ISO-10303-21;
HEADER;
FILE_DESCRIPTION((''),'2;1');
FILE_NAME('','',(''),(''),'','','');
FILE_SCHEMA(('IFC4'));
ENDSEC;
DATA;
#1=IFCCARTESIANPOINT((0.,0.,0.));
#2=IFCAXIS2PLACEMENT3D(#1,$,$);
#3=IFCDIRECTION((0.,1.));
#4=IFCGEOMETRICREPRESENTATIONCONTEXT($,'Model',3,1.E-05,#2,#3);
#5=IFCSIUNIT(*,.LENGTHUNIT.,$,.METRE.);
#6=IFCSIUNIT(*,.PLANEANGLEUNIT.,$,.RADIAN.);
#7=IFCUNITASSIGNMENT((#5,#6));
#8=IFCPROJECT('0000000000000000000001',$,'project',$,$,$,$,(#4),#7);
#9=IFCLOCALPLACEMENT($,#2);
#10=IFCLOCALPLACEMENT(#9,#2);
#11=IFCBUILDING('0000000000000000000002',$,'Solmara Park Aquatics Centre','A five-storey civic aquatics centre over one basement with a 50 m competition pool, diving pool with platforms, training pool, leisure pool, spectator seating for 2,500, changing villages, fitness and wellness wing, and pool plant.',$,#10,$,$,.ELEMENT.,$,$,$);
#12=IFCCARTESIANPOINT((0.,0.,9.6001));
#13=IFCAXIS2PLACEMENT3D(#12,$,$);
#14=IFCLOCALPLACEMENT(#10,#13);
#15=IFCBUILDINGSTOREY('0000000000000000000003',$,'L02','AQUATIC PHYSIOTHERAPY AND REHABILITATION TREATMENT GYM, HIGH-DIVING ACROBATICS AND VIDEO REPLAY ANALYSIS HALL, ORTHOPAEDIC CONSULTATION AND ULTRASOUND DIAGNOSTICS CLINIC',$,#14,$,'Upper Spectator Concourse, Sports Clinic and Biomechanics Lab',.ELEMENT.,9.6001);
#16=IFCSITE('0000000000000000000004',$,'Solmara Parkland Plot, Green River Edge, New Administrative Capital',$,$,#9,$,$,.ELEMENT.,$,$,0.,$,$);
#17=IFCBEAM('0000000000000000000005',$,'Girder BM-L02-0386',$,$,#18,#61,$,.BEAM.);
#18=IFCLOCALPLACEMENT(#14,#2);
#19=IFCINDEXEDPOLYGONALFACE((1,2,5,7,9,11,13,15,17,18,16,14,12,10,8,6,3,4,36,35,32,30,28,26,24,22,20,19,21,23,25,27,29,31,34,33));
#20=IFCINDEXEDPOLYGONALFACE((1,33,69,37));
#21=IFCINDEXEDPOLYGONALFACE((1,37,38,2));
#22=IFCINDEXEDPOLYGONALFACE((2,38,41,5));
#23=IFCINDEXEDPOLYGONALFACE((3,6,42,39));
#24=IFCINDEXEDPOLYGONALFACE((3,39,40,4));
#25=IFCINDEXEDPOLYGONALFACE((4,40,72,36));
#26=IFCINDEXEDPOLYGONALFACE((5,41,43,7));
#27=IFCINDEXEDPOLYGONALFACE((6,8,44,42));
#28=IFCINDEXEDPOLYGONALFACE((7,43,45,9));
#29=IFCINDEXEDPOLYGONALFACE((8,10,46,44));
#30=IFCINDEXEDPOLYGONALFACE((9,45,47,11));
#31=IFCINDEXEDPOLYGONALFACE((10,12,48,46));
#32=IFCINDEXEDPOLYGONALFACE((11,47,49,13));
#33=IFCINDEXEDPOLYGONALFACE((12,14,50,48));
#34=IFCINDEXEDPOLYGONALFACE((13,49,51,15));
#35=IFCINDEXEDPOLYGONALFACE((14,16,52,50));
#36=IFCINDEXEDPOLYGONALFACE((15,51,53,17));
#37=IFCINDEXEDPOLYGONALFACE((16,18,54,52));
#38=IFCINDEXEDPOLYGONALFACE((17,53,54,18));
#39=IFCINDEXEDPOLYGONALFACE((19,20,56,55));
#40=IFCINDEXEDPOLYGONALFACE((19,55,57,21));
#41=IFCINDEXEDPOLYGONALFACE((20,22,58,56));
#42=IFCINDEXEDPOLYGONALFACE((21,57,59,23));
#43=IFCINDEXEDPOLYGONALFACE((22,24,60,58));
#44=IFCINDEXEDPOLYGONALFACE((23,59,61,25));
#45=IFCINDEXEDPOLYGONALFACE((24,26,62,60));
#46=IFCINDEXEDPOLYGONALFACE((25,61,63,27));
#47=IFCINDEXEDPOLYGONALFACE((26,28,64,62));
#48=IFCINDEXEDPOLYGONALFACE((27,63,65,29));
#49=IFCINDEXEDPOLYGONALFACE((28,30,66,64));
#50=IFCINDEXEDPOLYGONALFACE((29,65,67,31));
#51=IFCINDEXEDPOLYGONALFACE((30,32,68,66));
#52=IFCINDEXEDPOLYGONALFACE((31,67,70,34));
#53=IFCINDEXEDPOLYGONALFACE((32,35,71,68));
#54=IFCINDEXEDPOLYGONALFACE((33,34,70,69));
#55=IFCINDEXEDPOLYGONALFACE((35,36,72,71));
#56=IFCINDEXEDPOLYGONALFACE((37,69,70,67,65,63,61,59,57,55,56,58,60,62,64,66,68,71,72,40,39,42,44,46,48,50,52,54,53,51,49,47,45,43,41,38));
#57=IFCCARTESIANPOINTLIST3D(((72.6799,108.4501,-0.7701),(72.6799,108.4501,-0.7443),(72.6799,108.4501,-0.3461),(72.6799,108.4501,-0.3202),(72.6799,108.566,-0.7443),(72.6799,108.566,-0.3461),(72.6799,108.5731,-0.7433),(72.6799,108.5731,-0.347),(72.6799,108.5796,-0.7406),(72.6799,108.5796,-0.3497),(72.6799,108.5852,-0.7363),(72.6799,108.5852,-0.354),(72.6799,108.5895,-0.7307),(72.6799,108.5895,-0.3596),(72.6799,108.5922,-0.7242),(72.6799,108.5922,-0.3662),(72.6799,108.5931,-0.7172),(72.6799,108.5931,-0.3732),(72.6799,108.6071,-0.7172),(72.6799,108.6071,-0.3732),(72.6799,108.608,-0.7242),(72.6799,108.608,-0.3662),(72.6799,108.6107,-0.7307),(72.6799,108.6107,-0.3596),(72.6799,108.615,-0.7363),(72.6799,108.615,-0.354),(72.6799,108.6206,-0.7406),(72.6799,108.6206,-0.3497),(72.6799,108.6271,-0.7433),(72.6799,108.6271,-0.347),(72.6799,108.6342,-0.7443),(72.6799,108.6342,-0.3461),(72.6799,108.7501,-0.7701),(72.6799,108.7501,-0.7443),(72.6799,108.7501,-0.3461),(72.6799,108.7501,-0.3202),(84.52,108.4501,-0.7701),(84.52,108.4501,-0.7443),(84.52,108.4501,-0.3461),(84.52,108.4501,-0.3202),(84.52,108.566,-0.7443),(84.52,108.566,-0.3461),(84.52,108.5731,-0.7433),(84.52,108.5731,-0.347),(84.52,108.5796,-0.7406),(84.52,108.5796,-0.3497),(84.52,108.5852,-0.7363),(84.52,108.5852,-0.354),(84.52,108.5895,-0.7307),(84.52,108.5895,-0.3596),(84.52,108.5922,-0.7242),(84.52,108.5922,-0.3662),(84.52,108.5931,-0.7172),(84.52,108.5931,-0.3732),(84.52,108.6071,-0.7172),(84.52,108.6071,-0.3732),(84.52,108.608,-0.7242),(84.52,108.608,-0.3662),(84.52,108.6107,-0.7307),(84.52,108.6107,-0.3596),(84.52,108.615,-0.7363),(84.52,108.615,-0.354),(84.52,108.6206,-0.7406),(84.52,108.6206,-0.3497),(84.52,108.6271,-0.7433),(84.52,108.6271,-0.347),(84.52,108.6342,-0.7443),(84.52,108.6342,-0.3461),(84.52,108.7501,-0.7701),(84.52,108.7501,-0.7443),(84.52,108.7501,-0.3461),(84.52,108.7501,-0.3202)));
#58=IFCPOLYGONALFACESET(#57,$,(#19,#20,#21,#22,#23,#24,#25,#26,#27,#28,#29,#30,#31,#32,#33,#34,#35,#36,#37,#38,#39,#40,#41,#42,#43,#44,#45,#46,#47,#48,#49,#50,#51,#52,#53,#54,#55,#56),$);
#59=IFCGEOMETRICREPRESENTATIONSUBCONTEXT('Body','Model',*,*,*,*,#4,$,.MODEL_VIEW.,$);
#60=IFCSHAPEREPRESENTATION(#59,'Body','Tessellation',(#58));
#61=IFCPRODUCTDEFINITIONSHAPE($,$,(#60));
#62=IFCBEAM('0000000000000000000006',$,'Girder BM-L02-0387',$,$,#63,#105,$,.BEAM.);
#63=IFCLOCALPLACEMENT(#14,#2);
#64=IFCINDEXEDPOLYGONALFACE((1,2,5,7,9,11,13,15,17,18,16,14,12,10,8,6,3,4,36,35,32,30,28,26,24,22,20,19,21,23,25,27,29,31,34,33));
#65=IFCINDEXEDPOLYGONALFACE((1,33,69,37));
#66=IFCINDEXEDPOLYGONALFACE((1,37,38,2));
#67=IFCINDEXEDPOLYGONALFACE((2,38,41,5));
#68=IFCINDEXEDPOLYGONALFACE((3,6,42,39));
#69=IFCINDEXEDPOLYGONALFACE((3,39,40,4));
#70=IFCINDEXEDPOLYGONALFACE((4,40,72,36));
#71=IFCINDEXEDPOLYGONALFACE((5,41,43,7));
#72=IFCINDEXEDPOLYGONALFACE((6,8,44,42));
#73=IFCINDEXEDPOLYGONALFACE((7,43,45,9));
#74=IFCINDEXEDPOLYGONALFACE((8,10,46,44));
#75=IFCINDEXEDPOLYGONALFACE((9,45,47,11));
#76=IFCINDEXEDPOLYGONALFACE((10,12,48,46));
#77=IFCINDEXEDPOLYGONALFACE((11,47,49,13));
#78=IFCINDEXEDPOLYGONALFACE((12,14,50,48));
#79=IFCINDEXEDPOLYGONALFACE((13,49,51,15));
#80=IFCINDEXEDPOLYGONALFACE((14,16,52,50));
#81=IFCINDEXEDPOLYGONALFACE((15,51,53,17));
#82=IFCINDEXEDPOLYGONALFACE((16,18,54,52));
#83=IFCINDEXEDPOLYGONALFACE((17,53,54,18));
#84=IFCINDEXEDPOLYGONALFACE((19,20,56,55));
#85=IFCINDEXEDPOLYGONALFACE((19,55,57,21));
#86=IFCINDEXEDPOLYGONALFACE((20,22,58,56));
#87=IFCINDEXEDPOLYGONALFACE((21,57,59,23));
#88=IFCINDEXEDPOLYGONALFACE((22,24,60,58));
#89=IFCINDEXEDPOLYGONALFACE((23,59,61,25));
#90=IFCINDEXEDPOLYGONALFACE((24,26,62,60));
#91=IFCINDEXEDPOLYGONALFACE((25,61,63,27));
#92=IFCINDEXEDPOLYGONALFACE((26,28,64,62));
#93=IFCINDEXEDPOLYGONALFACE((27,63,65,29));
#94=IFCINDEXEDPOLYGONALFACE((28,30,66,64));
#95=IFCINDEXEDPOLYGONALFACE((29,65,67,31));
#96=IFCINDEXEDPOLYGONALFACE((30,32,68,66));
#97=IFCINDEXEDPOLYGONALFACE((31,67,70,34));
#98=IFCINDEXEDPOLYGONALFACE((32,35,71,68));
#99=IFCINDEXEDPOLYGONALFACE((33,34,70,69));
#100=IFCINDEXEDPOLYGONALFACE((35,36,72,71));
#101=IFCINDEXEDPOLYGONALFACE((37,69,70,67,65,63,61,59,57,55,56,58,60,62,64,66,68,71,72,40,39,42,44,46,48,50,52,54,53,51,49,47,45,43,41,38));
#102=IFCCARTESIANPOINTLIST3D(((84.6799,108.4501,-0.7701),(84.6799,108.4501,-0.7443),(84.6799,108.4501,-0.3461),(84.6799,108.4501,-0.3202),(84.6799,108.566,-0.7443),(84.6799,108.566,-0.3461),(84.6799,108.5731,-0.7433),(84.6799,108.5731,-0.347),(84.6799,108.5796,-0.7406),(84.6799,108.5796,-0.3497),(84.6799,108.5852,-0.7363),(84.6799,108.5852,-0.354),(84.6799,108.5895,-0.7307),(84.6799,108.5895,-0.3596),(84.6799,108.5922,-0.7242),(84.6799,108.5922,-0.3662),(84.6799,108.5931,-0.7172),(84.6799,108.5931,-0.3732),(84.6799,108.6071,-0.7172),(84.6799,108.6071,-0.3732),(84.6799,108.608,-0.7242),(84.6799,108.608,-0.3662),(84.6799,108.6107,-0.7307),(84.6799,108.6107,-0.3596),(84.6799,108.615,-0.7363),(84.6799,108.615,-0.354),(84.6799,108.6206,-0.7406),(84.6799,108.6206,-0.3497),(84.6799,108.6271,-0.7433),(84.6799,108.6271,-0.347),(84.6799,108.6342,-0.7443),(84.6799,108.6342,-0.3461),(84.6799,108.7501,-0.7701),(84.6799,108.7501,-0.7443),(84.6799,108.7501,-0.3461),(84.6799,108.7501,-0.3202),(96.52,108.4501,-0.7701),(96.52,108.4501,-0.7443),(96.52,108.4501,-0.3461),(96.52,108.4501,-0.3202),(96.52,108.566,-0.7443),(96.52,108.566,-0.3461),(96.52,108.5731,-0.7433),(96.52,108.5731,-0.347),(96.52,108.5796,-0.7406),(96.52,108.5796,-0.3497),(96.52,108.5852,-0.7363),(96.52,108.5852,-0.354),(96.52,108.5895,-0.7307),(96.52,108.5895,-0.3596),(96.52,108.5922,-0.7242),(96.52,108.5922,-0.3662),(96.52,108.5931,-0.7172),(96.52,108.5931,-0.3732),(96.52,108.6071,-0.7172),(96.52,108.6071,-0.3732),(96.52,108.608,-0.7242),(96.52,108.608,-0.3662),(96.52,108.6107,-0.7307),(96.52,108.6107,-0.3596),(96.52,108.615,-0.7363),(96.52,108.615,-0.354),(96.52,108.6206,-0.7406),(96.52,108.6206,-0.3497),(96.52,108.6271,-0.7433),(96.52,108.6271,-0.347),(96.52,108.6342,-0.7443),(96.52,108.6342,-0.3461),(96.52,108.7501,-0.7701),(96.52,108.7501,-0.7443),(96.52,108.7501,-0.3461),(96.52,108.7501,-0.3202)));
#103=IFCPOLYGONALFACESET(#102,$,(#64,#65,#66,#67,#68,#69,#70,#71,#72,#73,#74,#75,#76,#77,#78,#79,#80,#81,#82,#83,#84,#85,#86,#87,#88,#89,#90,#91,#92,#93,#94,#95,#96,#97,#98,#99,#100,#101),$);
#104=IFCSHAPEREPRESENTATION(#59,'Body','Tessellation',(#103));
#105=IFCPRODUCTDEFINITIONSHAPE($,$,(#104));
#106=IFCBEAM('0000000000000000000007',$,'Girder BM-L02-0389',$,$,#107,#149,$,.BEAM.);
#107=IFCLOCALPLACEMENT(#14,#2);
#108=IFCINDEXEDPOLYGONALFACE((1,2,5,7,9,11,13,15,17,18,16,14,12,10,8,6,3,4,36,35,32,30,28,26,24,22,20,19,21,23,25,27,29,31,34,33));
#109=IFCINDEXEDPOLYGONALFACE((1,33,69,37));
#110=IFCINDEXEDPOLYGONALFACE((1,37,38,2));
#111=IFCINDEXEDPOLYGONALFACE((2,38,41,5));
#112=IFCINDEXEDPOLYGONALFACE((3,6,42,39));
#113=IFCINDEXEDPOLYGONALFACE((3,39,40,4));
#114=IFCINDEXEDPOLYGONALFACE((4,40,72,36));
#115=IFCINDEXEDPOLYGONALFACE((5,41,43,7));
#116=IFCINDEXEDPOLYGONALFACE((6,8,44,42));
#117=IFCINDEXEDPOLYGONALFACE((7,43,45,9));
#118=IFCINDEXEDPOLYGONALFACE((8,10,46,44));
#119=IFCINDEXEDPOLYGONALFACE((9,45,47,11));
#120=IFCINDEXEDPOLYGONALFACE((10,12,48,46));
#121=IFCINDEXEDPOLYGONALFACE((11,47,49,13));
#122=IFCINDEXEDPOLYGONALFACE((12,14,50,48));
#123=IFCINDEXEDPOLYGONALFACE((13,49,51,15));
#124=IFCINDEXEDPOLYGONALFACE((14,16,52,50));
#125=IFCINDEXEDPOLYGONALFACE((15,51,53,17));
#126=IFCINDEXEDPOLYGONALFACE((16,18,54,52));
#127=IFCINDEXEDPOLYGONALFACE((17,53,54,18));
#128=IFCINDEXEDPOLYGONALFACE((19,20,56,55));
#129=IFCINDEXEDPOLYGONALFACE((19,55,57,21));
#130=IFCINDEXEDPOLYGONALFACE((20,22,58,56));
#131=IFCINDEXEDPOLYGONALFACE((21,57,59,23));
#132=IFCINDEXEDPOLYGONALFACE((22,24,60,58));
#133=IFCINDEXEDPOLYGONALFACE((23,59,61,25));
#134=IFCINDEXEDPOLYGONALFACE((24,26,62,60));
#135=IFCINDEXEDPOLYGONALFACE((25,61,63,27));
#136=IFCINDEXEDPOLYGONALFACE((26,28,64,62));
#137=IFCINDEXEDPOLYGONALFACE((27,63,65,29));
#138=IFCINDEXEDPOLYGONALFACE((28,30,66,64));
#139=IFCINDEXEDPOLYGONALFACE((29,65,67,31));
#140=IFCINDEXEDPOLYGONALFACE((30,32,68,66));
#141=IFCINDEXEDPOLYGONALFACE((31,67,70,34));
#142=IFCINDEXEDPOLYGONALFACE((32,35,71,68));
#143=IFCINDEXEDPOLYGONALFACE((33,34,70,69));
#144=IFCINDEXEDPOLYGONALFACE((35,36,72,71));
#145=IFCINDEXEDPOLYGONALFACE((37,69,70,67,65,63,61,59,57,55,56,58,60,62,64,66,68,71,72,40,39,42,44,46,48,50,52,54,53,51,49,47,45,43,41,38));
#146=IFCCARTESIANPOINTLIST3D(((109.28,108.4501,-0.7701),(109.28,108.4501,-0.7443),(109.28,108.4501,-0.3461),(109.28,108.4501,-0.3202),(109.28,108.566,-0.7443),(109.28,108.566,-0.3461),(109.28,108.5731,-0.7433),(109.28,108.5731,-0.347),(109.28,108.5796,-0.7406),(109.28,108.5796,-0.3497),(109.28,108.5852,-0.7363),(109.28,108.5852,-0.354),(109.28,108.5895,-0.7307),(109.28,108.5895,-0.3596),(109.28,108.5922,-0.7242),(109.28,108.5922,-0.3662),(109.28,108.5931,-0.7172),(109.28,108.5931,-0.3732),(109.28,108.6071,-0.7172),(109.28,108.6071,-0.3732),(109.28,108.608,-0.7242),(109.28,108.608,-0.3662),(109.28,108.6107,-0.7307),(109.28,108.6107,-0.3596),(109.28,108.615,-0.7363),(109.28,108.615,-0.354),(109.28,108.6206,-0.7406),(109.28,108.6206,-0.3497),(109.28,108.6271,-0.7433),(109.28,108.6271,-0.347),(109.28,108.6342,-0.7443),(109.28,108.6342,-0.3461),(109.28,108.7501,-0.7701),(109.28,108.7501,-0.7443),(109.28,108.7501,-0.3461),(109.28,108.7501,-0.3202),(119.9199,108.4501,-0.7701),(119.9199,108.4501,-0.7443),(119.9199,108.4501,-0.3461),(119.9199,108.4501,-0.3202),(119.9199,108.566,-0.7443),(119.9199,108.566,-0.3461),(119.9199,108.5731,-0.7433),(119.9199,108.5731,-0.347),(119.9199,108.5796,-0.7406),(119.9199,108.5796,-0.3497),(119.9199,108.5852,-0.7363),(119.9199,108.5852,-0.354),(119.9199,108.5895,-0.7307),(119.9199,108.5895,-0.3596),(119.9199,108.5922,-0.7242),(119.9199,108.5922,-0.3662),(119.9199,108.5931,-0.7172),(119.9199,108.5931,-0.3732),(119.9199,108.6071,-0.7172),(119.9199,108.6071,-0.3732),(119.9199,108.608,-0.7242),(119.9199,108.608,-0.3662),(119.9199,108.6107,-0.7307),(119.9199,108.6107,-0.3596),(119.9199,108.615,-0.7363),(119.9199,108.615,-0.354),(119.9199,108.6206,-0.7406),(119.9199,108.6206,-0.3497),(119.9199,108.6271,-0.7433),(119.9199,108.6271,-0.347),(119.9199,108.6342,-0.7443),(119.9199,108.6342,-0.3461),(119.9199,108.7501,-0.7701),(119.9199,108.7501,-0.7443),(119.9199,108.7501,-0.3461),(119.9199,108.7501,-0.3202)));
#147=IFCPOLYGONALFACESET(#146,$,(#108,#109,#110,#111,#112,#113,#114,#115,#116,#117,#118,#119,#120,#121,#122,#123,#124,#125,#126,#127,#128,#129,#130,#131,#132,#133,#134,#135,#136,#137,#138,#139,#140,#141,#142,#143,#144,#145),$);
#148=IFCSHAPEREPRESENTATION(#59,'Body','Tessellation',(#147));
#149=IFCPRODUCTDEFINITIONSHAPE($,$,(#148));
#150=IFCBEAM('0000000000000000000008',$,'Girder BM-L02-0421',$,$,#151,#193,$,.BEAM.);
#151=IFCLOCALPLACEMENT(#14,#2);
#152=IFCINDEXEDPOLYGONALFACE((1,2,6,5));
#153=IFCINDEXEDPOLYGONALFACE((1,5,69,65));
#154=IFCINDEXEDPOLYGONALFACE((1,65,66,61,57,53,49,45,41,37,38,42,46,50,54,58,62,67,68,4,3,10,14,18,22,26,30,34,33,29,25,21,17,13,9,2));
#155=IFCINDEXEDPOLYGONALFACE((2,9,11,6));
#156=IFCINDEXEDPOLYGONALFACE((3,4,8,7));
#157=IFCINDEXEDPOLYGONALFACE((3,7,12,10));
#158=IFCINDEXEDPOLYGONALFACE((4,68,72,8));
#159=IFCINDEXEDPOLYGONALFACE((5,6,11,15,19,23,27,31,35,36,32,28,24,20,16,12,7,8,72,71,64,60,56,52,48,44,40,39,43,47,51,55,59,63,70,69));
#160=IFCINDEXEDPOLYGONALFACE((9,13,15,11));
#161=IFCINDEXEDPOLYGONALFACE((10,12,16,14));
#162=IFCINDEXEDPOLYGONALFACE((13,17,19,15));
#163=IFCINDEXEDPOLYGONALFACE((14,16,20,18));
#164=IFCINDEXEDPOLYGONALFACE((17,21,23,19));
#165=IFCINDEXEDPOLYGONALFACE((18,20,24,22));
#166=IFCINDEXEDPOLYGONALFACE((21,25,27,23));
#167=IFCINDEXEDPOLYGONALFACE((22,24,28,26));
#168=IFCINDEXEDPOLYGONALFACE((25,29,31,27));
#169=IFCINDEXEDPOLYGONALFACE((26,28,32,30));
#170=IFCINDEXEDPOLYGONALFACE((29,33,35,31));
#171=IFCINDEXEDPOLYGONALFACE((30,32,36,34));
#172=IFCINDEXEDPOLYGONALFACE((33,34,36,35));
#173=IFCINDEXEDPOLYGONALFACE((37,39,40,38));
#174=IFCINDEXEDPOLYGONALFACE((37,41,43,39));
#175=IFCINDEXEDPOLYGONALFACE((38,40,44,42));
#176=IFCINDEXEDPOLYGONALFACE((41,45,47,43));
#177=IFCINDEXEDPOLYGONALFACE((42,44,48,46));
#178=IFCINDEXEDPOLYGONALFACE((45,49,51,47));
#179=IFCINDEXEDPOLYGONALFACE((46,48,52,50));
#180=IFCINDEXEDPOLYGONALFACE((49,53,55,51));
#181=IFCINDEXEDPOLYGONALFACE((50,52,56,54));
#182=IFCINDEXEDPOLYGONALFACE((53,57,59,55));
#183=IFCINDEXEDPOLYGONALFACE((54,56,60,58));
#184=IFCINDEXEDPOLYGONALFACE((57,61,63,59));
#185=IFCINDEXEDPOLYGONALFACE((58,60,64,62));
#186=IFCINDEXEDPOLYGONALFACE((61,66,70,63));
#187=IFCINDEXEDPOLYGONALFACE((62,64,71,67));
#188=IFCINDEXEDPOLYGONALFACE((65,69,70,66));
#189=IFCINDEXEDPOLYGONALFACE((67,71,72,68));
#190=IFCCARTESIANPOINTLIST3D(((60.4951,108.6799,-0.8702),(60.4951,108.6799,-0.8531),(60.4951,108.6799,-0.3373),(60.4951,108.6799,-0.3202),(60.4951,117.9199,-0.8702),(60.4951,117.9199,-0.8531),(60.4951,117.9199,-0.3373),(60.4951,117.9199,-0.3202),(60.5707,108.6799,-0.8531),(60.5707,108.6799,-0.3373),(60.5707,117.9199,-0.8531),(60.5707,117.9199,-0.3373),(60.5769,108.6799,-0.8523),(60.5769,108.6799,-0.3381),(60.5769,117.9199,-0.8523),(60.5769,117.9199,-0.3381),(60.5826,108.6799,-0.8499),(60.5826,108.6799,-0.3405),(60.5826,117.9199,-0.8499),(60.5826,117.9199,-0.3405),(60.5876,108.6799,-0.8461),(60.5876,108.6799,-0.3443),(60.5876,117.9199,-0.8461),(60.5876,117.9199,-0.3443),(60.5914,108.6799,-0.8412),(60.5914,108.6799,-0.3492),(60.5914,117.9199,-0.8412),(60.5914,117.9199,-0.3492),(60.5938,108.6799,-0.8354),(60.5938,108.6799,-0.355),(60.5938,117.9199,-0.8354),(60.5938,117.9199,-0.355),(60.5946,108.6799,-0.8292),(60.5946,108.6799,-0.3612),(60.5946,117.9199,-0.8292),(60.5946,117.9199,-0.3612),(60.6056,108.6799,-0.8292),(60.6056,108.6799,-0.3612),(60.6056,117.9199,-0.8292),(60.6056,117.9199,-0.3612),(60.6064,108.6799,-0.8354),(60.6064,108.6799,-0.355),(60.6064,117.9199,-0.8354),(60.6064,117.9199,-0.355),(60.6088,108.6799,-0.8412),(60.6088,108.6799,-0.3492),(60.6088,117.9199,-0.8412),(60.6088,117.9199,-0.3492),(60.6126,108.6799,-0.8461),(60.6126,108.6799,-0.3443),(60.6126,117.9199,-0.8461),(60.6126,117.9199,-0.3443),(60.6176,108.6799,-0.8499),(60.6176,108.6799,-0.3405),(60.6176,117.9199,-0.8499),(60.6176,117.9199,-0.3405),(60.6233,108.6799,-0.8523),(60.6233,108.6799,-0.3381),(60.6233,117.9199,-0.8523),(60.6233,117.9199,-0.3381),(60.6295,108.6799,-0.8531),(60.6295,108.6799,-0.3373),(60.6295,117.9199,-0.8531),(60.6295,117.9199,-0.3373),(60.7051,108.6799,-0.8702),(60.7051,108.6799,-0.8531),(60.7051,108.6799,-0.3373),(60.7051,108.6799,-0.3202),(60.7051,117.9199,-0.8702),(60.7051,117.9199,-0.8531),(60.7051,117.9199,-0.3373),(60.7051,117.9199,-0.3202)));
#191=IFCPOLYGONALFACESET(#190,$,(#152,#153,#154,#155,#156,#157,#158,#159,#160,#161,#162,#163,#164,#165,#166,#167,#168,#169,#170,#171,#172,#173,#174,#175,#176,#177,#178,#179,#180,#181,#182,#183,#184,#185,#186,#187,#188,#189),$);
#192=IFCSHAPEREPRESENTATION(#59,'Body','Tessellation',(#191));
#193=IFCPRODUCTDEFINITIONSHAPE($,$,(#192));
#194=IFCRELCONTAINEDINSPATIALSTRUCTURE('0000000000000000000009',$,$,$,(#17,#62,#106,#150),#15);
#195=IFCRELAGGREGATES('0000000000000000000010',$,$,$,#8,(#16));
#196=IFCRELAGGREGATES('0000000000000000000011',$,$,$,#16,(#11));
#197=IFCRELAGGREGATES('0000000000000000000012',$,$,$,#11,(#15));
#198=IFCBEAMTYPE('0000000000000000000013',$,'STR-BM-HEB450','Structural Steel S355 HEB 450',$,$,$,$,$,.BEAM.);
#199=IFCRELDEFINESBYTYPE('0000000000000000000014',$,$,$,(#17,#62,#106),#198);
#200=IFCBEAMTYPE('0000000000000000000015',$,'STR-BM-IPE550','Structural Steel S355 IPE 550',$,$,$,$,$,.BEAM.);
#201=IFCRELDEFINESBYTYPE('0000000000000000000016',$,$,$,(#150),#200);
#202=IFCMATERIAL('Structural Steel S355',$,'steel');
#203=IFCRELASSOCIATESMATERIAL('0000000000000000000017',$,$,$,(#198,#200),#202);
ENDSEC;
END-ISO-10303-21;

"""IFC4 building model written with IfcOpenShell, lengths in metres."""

from ifc_helpers import new_model, si_unit, direction, frame, origin, origin_2d, place, context, subcontext, project, spatial, i_section, extrude, material, material_profile, profile_set, type_object, element, save


model = new_model("IFC4")

# Units and contexts
model_context = context("Model", 3, precision=1e-05, world=origin(), true_north=direction((0.0, 1.0)))
body_context = subcontext(model_context, "Body", "Model", "MODEL_VIEW")
ifc_project = project(units=[si_unit("LENGTHUNIT", "METRE"), si_unit("PLANEANGLEUNIT", "RADIAN")], contexts=[model_context])

# Site, building, storey
site_placement = place(None, origin())
site = spatial("IfcSite", under=ifc_project, at=site_placement, Name="Solmara Parkland Plot, Green River Edge, New Administrative Capital", CompositionType="ELEMENT", RefElevation=0.0)
building_placement = place(site_placement, origin())
building = spatial("IfcBuilding", under=site, at=building_placement, Name="Solmara Park Aquatics Centre", Description="A five-storey civic aquatics centre over one basement with a 50 m competition pool, diving pool with platforms, training pool, leisure pool, spectator seating for 2,500, changing villages, fitness and wellness wing, and pool plant.", CompositionType="ELEMENT")
storey_placement = place(building_placement, frame((0.0, 0.0, 9.6001)))
storey = spatial("IfcBuildingStorey", under=building, at=storey_placement, Name="L02", Description="AQUATIC PHYSIOTHERAPY AND REHABILITATION TREATMENT GYM, HIGH-DIVING ACROBATICS AND VIDEO REPLAY ANALYSIS HALL, ORTHOPAEDIC CONSULTATION AND ULTRASOUND DIAGNOSTICS CLINIC", LongName="Upper Spectator Concourse, Sports Clinic and Biomechanics Lab", CompositionType="ELEMENT", Elevation=9.6001)

# Shared definitions
ifc_material_1 = material(Name="Structural Steel S355", Category="steel")

# Beams
ifc_material_profile_1 = material_profile(ifc_material_1, i_section(OverallWidth=0.3, OverallDepth=0.45, WebThickness=0.0139, FlangeThickness=0.0259, FilletRadius=0.0271, at=origin_2d()), Name="HEB 450")
ifc_profile_set_1 = profile_set([ifc_material_profile_1], Name="Structural Steel S355")
beam_type_1 = type_object("IfcBeamType", Name="STR-BM-HEB450", Description="Structural Steel S355 HEB 450", PredefinedType="BEAM", material=ifc_profile_set_1)
for number, where, z_axis, x_axis, name in (
    (1, (72.6799, 108.6001, -0.5452), (1.0, 0.0, 0.0), (0.0, 1.0, 0.0), "Girder BM-L02-0386"),
    (2, (84.6799, 108.6001, -0.5452), (1.0, 0.0, 0.0), (0.0, 1.0, 0.0), "Girder BM-L02-0387"),
):
    element("IfcBeam", number, at=place(storey_placement, frame(where, z_axis=z_axis, x_axis=x_axis)), inside=storey, type_object=beam_type_1, Name=name, PredefinedType="BEAM", context=body_context, shape_type="SweptSolid", body=[
        extrude(i_section(OverallWidth=0.3, OverallDepth=0.45, WebThickness=0.0139, FlangeThickness=0.0259, FilletRadius=0.0271, at=origin_2d()), origin(), (0.0, 0.0, 1.0), 11.8401),
    ])
beam_1_placement = place(storey_placement, frame((109.28, 108.6001, -0.5452), z_axis=(1.0, 0.0, 0.0), x_axis=(0.0, 1.0, 0.0)))
element("IfcBeam", 3, at=beam_1_placement, inside=storey, type_object=beam_type_1, Name="Girder BM-L02-0389", PredefinedType="BEAM", context=body_context, shape_type="SweptSolid", body=[
    extrude(i_section(OverallWidth=0.3, OverallDepth=0.45, WebThickness=0.0139, FlangeThickness=0.0259, FilletRadius=0.0271, at=origin_2d()), origin(), (0.0, 0.0, 1.0), 10.6399),
])
ifc_material_profile_2 = material_profile(ifc_material_1, i_section(OverallWidth=0.21, OverallDepth=0.55, WebThickness=0.011, FlangeThickness=0.0171, FilletRadius=0.0239, at=origin_2d()), Name="IPE 550")
ifc_profile_set_2 = profile_set([ifc_material_profile_2], Name="Structural Steel S355")
beam_type_2 = type_object("IfcBeamType", Name="STR-BM-IPE550", Description="Structural Steel S355 IPE 550", PredefinedType="BEAM", material=ifc_profile_set_2)
for number, where, z_axis, x_axis, name in (
    (4, (60.6001, 108.6799, -0.5952), (0.0, 1.0, 0.0), (-1.0, 0.0, 0.0), "Girder BM-L02-0421"),
):
    element("IfcBeam", number, at=place(storey_placement, frame(where, z_axis=z_axis, x_axis=x_axis)), inside=storey, type_object=beam_type_2, Name=name, PredefinedType="BEAM", context=body_context, shape_type="SweptSolid", body=[
        extrude(i_section(OverallWidth=0.21, OverallDepth=0.55, WebThickness=0.011, FlangeThickness=0.0171, FilletRadius=0.0239, at=origin_2d()), origin(), (0.0, 0.0, 1.0), 9.24),
    ])

save(model, "model.ifc")
